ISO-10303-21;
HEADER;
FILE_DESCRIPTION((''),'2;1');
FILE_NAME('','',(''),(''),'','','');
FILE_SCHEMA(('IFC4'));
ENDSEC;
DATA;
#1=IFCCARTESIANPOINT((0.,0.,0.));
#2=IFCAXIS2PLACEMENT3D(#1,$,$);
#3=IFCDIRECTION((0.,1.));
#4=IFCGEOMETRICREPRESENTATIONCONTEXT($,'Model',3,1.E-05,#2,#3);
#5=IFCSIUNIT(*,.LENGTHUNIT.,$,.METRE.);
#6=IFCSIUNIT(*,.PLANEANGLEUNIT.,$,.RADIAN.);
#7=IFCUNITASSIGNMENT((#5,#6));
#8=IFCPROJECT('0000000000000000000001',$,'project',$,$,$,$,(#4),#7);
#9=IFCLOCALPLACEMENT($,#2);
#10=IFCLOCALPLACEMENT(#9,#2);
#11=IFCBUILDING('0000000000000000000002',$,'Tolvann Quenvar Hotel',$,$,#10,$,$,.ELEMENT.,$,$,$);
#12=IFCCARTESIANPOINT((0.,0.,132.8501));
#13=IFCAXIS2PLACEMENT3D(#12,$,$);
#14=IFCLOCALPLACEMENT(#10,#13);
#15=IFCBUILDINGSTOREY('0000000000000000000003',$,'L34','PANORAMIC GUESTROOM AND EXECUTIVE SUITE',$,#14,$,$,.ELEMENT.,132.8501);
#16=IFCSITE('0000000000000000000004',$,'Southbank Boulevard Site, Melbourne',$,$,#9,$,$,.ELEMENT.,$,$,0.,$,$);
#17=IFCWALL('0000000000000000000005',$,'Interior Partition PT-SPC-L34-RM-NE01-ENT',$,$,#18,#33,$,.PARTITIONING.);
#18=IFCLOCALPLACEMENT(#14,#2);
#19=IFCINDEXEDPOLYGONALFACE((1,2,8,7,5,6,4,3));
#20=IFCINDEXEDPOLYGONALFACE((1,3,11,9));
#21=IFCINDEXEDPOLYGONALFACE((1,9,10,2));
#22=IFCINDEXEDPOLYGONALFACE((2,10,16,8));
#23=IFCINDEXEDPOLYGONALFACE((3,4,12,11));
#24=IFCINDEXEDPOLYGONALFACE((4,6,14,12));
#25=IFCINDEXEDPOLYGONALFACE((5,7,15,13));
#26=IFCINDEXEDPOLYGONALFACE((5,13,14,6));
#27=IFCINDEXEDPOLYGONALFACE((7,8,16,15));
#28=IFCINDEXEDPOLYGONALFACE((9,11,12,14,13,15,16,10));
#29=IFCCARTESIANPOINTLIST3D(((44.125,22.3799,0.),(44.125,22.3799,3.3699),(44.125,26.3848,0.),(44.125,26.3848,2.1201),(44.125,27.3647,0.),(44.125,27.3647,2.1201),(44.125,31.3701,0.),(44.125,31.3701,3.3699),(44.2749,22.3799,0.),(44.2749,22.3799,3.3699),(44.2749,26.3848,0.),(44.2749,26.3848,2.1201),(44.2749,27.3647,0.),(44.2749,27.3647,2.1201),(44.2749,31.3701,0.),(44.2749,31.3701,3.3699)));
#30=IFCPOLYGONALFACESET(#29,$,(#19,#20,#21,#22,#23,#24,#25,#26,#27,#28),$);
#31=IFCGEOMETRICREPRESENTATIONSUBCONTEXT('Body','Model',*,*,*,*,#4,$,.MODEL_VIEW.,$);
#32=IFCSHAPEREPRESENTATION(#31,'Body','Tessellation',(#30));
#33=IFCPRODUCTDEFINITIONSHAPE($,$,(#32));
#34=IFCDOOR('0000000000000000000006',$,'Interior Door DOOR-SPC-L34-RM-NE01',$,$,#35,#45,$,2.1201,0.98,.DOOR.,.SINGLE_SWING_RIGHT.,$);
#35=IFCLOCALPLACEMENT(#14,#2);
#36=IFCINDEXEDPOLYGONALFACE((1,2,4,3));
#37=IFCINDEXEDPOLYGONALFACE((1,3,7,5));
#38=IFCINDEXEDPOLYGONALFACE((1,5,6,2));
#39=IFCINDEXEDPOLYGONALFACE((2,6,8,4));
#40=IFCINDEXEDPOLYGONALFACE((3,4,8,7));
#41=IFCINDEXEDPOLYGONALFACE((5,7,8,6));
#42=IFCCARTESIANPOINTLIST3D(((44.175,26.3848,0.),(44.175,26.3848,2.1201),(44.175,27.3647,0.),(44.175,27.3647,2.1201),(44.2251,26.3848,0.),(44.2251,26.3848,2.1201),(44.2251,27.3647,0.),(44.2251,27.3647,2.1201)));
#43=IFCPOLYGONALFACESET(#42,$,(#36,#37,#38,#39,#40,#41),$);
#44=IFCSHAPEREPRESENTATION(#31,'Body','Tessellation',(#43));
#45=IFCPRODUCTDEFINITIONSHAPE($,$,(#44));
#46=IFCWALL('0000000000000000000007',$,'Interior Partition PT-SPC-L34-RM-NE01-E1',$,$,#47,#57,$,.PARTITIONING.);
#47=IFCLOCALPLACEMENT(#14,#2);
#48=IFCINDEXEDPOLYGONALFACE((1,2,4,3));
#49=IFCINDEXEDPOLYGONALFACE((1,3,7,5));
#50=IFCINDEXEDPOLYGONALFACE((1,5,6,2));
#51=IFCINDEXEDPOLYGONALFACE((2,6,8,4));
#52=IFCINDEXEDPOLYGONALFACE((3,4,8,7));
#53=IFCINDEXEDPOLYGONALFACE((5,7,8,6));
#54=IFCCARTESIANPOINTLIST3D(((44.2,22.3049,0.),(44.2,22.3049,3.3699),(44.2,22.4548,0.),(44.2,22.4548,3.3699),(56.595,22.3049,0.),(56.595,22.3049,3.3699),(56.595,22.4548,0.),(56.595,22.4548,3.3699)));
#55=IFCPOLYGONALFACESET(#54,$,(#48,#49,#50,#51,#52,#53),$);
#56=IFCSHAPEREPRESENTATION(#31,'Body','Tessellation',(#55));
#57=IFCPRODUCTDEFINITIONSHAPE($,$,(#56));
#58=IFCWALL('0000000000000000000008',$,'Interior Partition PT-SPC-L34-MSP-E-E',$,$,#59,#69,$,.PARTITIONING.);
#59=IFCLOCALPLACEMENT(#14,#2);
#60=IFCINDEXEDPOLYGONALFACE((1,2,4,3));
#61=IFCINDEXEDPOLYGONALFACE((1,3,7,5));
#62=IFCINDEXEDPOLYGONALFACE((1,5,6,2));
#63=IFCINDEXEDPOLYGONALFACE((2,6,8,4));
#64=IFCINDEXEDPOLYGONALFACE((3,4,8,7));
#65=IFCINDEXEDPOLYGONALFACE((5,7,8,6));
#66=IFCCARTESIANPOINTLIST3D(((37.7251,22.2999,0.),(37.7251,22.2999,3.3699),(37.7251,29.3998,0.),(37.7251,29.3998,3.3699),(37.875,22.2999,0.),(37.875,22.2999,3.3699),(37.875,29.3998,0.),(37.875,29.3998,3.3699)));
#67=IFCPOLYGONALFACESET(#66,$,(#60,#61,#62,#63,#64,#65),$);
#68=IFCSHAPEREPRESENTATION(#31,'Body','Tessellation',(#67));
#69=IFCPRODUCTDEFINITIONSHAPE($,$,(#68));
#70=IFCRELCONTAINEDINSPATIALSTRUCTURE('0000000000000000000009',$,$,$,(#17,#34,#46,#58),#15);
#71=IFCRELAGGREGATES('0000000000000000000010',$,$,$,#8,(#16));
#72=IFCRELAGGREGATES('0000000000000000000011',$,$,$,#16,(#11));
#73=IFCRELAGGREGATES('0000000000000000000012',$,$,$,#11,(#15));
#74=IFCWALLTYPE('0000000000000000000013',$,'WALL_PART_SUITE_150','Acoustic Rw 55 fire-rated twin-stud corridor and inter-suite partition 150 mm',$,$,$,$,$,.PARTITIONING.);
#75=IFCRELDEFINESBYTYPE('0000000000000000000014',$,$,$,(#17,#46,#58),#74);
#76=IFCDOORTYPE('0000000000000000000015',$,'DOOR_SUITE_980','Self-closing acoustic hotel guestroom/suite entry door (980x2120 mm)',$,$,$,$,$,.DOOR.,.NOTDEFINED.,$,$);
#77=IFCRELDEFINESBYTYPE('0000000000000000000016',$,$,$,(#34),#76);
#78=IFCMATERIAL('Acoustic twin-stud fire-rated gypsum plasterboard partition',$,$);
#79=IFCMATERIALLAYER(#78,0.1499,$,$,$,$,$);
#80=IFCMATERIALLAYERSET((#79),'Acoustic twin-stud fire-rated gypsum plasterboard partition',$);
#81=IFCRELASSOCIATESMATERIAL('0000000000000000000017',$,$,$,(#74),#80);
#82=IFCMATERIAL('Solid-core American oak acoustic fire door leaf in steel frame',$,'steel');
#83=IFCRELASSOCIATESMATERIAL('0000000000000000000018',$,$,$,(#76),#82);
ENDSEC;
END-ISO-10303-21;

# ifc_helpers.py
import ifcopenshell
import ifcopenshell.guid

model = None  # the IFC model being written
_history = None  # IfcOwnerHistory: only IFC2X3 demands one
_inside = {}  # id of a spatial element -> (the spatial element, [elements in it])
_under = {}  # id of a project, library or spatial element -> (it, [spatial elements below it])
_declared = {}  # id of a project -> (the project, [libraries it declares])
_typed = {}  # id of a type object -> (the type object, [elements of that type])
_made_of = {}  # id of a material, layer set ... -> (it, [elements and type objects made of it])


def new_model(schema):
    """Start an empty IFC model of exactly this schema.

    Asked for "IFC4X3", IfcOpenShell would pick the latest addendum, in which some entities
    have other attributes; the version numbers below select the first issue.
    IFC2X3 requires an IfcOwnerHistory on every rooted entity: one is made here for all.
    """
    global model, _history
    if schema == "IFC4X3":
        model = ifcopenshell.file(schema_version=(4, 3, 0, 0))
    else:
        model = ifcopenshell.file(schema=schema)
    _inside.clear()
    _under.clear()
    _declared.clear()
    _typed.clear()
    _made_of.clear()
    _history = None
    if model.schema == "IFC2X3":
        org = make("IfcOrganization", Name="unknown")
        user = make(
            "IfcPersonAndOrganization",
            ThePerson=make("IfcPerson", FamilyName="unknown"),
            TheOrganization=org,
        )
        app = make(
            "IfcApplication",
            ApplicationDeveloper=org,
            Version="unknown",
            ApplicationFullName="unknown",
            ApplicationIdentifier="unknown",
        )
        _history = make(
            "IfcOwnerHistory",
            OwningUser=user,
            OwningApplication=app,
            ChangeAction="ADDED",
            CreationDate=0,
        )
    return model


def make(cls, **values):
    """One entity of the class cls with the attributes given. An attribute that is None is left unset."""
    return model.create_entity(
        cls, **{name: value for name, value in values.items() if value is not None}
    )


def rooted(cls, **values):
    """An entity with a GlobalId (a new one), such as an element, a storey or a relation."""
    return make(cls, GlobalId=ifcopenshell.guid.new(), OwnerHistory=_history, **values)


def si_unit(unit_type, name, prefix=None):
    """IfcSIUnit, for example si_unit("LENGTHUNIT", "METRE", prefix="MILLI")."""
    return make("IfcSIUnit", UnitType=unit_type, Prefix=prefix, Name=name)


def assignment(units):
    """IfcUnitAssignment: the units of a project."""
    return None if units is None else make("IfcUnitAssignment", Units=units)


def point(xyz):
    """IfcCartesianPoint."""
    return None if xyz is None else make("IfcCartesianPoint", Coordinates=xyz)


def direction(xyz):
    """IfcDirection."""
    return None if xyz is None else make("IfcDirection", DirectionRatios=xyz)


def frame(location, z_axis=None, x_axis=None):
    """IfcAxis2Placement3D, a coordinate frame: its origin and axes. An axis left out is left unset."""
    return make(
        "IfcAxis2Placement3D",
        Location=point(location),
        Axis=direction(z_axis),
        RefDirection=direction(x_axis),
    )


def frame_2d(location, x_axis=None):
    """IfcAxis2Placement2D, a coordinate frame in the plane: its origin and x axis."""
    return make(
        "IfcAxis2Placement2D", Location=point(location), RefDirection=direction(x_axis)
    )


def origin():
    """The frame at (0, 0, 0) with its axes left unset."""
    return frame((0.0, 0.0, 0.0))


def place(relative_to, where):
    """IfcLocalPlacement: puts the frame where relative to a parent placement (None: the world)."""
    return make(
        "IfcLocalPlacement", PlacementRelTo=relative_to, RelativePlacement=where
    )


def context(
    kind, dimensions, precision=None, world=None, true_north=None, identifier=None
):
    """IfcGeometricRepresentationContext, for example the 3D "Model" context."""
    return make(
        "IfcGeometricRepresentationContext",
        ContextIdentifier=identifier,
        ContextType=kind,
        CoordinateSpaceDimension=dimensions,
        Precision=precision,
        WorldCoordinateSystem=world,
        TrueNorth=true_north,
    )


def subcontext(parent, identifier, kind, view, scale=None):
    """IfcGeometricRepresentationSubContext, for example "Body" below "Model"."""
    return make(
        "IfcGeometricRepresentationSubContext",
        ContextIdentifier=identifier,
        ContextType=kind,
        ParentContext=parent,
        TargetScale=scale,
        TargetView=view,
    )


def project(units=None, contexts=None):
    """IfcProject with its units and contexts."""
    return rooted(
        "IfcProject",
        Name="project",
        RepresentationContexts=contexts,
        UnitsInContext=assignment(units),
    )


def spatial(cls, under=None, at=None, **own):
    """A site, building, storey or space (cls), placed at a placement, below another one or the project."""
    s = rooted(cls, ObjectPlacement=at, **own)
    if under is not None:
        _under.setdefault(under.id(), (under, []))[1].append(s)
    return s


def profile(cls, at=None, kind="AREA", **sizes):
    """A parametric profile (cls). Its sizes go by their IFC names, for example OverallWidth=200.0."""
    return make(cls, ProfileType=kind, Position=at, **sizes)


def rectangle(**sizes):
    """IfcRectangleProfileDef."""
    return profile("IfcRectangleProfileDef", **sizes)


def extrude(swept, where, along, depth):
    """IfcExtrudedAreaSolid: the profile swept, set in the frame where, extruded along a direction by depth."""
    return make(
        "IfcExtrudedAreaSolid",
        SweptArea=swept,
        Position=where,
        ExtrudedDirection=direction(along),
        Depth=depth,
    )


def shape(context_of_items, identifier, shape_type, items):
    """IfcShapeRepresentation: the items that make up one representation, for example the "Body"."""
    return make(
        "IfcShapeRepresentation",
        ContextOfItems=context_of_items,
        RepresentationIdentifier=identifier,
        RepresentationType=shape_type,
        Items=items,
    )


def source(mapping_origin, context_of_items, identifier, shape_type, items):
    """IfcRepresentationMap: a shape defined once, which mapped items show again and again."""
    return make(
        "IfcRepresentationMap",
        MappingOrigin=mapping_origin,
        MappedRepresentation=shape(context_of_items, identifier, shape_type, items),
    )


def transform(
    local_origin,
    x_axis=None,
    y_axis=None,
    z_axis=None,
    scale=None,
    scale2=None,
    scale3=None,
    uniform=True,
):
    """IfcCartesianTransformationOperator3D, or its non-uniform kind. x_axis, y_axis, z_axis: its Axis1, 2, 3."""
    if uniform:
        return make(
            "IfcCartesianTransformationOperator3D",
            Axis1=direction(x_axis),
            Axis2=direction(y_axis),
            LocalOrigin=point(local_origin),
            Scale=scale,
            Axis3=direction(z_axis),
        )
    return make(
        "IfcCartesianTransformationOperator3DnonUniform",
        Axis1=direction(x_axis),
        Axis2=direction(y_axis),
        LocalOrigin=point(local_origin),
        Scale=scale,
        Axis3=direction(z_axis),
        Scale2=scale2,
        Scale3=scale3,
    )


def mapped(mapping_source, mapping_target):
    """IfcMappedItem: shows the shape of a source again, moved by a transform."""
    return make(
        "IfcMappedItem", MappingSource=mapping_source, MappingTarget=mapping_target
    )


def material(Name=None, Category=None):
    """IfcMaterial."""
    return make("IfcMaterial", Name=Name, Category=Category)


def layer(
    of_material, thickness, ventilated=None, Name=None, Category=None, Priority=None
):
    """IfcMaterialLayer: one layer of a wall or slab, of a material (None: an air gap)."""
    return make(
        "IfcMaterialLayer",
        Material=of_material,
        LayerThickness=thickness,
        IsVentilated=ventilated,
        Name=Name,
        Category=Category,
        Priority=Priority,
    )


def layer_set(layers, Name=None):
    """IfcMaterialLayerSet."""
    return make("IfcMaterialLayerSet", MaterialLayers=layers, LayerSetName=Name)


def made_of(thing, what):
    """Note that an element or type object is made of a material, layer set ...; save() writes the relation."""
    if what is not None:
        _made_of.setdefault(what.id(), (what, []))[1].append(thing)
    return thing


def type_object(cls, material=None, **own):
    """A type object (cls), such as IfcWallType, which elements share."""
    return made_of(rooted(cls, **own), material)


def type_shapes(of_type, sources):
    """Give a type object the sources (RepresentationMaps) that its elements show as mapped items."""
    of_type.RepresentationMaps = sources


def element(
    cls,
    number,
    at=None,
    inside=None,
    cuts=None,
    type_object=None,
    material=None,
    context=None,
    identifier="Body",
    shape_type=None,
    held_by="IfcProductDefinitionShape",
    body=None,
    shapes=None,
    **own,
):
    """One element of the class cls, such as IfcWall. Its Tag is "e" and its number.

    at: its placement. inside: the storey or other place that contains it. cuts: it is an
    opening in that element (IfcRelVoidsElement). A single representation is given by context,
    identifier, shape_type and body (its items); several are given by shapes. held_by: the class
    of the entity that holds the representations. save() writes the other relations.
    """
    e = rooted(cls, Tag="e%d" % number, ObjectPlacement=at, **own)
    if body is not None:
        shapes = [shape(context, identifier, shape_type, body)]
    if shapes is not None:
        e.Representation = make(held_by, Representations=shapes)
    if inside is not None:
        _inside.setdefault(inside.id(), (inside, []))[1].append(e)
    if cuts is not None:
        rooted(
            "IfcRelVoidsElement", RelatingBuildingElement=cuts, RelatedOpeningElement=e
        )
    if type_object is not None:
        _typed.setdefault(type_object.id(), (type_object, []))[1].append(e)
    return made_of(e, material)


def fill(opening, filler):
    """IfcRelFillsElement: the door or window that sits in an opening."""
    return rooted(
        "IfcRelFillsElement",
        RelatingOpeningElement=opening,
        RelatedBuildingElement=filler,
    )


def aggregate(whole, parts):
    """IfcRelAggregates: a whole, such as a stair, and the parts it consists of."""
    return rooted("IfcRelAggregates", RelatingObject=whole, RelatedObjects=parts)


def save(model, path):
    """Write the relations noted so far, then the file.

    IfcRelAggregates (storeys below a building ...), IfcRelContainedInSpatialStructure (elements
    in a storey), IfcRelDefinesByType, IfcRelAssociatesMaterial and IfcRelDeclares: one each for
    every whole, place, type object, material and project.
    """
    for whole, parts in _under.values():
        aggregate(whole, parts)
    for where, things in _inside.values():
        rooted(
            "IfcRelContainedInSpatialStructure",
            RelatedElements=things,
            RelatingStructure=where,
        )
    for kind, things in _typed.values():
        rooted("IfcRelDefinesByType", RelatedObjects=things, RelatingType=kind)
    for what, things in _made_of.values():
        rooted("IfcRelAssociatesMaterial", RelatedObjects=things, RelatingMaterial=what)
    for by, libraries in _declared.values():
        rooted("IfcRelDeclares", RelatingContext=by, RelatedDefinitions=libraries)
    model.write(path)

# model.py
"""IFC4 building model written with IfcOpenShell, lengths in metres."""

from ifc_helpers import new_model, si_unit, direction, frame, frame_2d, origin, place, context, subcontext, project, spatial, rectangle, extrude, source, transform, mapped, material, layer, layer_set, type_object, type_shapes, element, fill, save


model = new_model("IFC4")

# Units and contexts
model_context = context("Model", 3, precision=1e-05, world=origin(), true_north=direction((0.0, 1.0)))
body_context = subcontext(model_context, "Body", "Model", "MODEL_VIEW")
ifc_project = project(units=[si_unit("LENGTHUNIT", "METRE"), si_unit("PLANEANGLEUNIT", "RADIAN")], contexts=[model_context])

# Site, building, storey
site_placement = place(None, origin())
site = spatial("IfcSite", under=ifc_project, at=site_placement, Name="Southbank Boulevard Site, Melbourne", CompositionType="ELEMENT", RefElevation=0.0)
building_placement = place(site_placement, origin())
building = spatial("IfcBuilding", under=site, at=building_placement, Name="Tolvann Quenvar Hotel", CompositionType="ELEMENT")
storey_placement = place(building_placement, frame((0.0, 0.0, 132.8501)))
storey = spatial("IfcBuildingStorey", under=building, at=storey_placement, Name="L34", Description="PANORAMIC GUESTROOM AND EXECUTIVE SUITE", CompositionType="ELEMENT", Elevation=132.8501)

# Shared definitions
ifc_material_1 = material(Name="Acoustic twin-stud fire-rated gypsum plasterboard partition")
ifc_layer_1 = layer(ifc_material_1, 0.1499)
ifc_layer_set_1 = layer_set([ifc_layer_1], Name="Acoustic twin-stud fire-rated gypsum plasterboard partition")
wall_type_1 = type_object("IfcWallType", Name="WALL_PART_SUITE_150", Description="Acoustic Rw 55 fire-rated twin-stud corridor and inter-suite partition 150 mm", PredefinedType="PARTITIONING", material=ifc_layer_set_1)
ifc_material_2 = material(Name="Solid-core American oak acoustic fire door leaf in steel frame", Category="steel")

# Wall, opening, door
wall_1_placement = place(storey_placement, frame((44.2, 22.3799, 0.0), z_axis=(0.0, 0.0, 1.0), x_axis=(0.0, 1.0, 0.0)))
wall_1 = element("IfcWall", 1, at=wall_1_placement, inside=storey, type_object=wall_type_1, Name="Interior Partition PT-SPC-L34-RM-NE01-ENT", PredefinedType="PARTITIONING", context=body_context, shape_type="SweptSolid", body=[
    extrude(rectangle(XDim=8.9902, YDim=0.1499, at=frame_2d((4.4951, 0.0))), origin(), (0.0, 0.0, 1.0), 3.3699),
])
opening_1_placement = place(wall_1_placement, frame((4.0049, 0.0, 0.0)))
opening_1 = element("IfcOpeningElement", 2, at=opening_1_placement, cuts=wall_1, PredefinedType="OPENING", context=body_context, shape_type="SweptSolid", body=[
    extrude(rectangle(XDim=0.98, YDim=2.1201, at=frame_2d((0.49, 1.0601))), frame((0.0, 0.085, 0.0), z_axis=(0.0, -1.0, 0.0), x_axis=(1.0, 0.0, 0.0)), (0.0, 0.0, 1.0), 0.1699),
])
door_type_1 = type_object("IfcDoorType", Name="DOOR_SUITE_980", Description="Self-closing acoustic hotel guestroom/suite entry door (980x2120 mm)", OperationType="NOTDEFINED", PredefinedType="DOOR", material=ifc_material_2)
shared_shape_1 = source(origin(), body_context, "Body", "SweptSolid", [
    extrude(rectangle(XDim=0.98, YDim=2.1201, at=frame_2d((0.49, 1.0601))), frame((0.0, 0.0249, 0.0), z_axis=(0.0, -1.0, 0.0), x_axis=(1.0, 0.0, 0.0)), (0.0, 0.0, 1.0), 0.05),
])
type_shapes(door_type_1, [shared_shape_1])
door_1_placement = place(opening_1_placement, origin())
door_1 = element("IfcDoor", 3, at=door_1_placement, inside=storey, type_object=door_type_1, Name="Interior Door DOOR-SPC-L34-RM-NE01", OperationType="SINGLE_SWING_RIGHT", OverallHeight=2.1201, OverallWidth=0.98, PredefinedType="DOOR", context=body_context, shape_type="MappedRepresentation", body=[
    mapped(shared_shape_1, transform((0.0, 0.0, 0.0), x_axis=(1.0, 0.0, 0.0), y_axis=(0.0, 1.0, 0.0), z_axis=(0.0, 0.0, 1.0), scale=1.0)),
])
fill(opening_1, door_1)

# Walls
wall_2_placement = place(storey_placement, frame((44.2, 22.3799, 0.0), z_axis=(0.0, 0.0, 1.0), x_axis=(1.0, 0.0, 0.0)))
element("IfcWall", 4, at=wall_2_placement, inside=storey, type_object=wall_type_1, Name="Interior Partition PT-SPC-L34-RM-NE01-E1", PredefinedType="PARTITIONING", context=body_context, shape_type="SweptSolid", body=[
    extrude(rectangle(XDim=12.395, YDim=0.1499, at=frame_2d((6.1975, 0.0))), origin(), (0.0, 0.0, 1.0), 3.3699),
])
wall_3_placement = place(storey_placement, frame((37.8, 22.3, 0.0), z_axis=(0.0, 0.0, 1.0), x_axis=(0.0, 1.0, 0.0)))
element("IfcWall", 5, at=wall_3_placement, inside=storey, type_object=wall_type_1, Name="Interior Partition PT-SPC-L34-MSP-E-E", PredefinedType="PARTITIONING", context=body_context, shape_type="SweptSolid", body=[
    extrude(rectangle(XDim=7.0999, YDim=0.1499, at=frame_2d((3.5498, 0.0))), origin(), (0.0, 0.0, 1.0), 3.3699),
])

save(model, "model.ifc")
